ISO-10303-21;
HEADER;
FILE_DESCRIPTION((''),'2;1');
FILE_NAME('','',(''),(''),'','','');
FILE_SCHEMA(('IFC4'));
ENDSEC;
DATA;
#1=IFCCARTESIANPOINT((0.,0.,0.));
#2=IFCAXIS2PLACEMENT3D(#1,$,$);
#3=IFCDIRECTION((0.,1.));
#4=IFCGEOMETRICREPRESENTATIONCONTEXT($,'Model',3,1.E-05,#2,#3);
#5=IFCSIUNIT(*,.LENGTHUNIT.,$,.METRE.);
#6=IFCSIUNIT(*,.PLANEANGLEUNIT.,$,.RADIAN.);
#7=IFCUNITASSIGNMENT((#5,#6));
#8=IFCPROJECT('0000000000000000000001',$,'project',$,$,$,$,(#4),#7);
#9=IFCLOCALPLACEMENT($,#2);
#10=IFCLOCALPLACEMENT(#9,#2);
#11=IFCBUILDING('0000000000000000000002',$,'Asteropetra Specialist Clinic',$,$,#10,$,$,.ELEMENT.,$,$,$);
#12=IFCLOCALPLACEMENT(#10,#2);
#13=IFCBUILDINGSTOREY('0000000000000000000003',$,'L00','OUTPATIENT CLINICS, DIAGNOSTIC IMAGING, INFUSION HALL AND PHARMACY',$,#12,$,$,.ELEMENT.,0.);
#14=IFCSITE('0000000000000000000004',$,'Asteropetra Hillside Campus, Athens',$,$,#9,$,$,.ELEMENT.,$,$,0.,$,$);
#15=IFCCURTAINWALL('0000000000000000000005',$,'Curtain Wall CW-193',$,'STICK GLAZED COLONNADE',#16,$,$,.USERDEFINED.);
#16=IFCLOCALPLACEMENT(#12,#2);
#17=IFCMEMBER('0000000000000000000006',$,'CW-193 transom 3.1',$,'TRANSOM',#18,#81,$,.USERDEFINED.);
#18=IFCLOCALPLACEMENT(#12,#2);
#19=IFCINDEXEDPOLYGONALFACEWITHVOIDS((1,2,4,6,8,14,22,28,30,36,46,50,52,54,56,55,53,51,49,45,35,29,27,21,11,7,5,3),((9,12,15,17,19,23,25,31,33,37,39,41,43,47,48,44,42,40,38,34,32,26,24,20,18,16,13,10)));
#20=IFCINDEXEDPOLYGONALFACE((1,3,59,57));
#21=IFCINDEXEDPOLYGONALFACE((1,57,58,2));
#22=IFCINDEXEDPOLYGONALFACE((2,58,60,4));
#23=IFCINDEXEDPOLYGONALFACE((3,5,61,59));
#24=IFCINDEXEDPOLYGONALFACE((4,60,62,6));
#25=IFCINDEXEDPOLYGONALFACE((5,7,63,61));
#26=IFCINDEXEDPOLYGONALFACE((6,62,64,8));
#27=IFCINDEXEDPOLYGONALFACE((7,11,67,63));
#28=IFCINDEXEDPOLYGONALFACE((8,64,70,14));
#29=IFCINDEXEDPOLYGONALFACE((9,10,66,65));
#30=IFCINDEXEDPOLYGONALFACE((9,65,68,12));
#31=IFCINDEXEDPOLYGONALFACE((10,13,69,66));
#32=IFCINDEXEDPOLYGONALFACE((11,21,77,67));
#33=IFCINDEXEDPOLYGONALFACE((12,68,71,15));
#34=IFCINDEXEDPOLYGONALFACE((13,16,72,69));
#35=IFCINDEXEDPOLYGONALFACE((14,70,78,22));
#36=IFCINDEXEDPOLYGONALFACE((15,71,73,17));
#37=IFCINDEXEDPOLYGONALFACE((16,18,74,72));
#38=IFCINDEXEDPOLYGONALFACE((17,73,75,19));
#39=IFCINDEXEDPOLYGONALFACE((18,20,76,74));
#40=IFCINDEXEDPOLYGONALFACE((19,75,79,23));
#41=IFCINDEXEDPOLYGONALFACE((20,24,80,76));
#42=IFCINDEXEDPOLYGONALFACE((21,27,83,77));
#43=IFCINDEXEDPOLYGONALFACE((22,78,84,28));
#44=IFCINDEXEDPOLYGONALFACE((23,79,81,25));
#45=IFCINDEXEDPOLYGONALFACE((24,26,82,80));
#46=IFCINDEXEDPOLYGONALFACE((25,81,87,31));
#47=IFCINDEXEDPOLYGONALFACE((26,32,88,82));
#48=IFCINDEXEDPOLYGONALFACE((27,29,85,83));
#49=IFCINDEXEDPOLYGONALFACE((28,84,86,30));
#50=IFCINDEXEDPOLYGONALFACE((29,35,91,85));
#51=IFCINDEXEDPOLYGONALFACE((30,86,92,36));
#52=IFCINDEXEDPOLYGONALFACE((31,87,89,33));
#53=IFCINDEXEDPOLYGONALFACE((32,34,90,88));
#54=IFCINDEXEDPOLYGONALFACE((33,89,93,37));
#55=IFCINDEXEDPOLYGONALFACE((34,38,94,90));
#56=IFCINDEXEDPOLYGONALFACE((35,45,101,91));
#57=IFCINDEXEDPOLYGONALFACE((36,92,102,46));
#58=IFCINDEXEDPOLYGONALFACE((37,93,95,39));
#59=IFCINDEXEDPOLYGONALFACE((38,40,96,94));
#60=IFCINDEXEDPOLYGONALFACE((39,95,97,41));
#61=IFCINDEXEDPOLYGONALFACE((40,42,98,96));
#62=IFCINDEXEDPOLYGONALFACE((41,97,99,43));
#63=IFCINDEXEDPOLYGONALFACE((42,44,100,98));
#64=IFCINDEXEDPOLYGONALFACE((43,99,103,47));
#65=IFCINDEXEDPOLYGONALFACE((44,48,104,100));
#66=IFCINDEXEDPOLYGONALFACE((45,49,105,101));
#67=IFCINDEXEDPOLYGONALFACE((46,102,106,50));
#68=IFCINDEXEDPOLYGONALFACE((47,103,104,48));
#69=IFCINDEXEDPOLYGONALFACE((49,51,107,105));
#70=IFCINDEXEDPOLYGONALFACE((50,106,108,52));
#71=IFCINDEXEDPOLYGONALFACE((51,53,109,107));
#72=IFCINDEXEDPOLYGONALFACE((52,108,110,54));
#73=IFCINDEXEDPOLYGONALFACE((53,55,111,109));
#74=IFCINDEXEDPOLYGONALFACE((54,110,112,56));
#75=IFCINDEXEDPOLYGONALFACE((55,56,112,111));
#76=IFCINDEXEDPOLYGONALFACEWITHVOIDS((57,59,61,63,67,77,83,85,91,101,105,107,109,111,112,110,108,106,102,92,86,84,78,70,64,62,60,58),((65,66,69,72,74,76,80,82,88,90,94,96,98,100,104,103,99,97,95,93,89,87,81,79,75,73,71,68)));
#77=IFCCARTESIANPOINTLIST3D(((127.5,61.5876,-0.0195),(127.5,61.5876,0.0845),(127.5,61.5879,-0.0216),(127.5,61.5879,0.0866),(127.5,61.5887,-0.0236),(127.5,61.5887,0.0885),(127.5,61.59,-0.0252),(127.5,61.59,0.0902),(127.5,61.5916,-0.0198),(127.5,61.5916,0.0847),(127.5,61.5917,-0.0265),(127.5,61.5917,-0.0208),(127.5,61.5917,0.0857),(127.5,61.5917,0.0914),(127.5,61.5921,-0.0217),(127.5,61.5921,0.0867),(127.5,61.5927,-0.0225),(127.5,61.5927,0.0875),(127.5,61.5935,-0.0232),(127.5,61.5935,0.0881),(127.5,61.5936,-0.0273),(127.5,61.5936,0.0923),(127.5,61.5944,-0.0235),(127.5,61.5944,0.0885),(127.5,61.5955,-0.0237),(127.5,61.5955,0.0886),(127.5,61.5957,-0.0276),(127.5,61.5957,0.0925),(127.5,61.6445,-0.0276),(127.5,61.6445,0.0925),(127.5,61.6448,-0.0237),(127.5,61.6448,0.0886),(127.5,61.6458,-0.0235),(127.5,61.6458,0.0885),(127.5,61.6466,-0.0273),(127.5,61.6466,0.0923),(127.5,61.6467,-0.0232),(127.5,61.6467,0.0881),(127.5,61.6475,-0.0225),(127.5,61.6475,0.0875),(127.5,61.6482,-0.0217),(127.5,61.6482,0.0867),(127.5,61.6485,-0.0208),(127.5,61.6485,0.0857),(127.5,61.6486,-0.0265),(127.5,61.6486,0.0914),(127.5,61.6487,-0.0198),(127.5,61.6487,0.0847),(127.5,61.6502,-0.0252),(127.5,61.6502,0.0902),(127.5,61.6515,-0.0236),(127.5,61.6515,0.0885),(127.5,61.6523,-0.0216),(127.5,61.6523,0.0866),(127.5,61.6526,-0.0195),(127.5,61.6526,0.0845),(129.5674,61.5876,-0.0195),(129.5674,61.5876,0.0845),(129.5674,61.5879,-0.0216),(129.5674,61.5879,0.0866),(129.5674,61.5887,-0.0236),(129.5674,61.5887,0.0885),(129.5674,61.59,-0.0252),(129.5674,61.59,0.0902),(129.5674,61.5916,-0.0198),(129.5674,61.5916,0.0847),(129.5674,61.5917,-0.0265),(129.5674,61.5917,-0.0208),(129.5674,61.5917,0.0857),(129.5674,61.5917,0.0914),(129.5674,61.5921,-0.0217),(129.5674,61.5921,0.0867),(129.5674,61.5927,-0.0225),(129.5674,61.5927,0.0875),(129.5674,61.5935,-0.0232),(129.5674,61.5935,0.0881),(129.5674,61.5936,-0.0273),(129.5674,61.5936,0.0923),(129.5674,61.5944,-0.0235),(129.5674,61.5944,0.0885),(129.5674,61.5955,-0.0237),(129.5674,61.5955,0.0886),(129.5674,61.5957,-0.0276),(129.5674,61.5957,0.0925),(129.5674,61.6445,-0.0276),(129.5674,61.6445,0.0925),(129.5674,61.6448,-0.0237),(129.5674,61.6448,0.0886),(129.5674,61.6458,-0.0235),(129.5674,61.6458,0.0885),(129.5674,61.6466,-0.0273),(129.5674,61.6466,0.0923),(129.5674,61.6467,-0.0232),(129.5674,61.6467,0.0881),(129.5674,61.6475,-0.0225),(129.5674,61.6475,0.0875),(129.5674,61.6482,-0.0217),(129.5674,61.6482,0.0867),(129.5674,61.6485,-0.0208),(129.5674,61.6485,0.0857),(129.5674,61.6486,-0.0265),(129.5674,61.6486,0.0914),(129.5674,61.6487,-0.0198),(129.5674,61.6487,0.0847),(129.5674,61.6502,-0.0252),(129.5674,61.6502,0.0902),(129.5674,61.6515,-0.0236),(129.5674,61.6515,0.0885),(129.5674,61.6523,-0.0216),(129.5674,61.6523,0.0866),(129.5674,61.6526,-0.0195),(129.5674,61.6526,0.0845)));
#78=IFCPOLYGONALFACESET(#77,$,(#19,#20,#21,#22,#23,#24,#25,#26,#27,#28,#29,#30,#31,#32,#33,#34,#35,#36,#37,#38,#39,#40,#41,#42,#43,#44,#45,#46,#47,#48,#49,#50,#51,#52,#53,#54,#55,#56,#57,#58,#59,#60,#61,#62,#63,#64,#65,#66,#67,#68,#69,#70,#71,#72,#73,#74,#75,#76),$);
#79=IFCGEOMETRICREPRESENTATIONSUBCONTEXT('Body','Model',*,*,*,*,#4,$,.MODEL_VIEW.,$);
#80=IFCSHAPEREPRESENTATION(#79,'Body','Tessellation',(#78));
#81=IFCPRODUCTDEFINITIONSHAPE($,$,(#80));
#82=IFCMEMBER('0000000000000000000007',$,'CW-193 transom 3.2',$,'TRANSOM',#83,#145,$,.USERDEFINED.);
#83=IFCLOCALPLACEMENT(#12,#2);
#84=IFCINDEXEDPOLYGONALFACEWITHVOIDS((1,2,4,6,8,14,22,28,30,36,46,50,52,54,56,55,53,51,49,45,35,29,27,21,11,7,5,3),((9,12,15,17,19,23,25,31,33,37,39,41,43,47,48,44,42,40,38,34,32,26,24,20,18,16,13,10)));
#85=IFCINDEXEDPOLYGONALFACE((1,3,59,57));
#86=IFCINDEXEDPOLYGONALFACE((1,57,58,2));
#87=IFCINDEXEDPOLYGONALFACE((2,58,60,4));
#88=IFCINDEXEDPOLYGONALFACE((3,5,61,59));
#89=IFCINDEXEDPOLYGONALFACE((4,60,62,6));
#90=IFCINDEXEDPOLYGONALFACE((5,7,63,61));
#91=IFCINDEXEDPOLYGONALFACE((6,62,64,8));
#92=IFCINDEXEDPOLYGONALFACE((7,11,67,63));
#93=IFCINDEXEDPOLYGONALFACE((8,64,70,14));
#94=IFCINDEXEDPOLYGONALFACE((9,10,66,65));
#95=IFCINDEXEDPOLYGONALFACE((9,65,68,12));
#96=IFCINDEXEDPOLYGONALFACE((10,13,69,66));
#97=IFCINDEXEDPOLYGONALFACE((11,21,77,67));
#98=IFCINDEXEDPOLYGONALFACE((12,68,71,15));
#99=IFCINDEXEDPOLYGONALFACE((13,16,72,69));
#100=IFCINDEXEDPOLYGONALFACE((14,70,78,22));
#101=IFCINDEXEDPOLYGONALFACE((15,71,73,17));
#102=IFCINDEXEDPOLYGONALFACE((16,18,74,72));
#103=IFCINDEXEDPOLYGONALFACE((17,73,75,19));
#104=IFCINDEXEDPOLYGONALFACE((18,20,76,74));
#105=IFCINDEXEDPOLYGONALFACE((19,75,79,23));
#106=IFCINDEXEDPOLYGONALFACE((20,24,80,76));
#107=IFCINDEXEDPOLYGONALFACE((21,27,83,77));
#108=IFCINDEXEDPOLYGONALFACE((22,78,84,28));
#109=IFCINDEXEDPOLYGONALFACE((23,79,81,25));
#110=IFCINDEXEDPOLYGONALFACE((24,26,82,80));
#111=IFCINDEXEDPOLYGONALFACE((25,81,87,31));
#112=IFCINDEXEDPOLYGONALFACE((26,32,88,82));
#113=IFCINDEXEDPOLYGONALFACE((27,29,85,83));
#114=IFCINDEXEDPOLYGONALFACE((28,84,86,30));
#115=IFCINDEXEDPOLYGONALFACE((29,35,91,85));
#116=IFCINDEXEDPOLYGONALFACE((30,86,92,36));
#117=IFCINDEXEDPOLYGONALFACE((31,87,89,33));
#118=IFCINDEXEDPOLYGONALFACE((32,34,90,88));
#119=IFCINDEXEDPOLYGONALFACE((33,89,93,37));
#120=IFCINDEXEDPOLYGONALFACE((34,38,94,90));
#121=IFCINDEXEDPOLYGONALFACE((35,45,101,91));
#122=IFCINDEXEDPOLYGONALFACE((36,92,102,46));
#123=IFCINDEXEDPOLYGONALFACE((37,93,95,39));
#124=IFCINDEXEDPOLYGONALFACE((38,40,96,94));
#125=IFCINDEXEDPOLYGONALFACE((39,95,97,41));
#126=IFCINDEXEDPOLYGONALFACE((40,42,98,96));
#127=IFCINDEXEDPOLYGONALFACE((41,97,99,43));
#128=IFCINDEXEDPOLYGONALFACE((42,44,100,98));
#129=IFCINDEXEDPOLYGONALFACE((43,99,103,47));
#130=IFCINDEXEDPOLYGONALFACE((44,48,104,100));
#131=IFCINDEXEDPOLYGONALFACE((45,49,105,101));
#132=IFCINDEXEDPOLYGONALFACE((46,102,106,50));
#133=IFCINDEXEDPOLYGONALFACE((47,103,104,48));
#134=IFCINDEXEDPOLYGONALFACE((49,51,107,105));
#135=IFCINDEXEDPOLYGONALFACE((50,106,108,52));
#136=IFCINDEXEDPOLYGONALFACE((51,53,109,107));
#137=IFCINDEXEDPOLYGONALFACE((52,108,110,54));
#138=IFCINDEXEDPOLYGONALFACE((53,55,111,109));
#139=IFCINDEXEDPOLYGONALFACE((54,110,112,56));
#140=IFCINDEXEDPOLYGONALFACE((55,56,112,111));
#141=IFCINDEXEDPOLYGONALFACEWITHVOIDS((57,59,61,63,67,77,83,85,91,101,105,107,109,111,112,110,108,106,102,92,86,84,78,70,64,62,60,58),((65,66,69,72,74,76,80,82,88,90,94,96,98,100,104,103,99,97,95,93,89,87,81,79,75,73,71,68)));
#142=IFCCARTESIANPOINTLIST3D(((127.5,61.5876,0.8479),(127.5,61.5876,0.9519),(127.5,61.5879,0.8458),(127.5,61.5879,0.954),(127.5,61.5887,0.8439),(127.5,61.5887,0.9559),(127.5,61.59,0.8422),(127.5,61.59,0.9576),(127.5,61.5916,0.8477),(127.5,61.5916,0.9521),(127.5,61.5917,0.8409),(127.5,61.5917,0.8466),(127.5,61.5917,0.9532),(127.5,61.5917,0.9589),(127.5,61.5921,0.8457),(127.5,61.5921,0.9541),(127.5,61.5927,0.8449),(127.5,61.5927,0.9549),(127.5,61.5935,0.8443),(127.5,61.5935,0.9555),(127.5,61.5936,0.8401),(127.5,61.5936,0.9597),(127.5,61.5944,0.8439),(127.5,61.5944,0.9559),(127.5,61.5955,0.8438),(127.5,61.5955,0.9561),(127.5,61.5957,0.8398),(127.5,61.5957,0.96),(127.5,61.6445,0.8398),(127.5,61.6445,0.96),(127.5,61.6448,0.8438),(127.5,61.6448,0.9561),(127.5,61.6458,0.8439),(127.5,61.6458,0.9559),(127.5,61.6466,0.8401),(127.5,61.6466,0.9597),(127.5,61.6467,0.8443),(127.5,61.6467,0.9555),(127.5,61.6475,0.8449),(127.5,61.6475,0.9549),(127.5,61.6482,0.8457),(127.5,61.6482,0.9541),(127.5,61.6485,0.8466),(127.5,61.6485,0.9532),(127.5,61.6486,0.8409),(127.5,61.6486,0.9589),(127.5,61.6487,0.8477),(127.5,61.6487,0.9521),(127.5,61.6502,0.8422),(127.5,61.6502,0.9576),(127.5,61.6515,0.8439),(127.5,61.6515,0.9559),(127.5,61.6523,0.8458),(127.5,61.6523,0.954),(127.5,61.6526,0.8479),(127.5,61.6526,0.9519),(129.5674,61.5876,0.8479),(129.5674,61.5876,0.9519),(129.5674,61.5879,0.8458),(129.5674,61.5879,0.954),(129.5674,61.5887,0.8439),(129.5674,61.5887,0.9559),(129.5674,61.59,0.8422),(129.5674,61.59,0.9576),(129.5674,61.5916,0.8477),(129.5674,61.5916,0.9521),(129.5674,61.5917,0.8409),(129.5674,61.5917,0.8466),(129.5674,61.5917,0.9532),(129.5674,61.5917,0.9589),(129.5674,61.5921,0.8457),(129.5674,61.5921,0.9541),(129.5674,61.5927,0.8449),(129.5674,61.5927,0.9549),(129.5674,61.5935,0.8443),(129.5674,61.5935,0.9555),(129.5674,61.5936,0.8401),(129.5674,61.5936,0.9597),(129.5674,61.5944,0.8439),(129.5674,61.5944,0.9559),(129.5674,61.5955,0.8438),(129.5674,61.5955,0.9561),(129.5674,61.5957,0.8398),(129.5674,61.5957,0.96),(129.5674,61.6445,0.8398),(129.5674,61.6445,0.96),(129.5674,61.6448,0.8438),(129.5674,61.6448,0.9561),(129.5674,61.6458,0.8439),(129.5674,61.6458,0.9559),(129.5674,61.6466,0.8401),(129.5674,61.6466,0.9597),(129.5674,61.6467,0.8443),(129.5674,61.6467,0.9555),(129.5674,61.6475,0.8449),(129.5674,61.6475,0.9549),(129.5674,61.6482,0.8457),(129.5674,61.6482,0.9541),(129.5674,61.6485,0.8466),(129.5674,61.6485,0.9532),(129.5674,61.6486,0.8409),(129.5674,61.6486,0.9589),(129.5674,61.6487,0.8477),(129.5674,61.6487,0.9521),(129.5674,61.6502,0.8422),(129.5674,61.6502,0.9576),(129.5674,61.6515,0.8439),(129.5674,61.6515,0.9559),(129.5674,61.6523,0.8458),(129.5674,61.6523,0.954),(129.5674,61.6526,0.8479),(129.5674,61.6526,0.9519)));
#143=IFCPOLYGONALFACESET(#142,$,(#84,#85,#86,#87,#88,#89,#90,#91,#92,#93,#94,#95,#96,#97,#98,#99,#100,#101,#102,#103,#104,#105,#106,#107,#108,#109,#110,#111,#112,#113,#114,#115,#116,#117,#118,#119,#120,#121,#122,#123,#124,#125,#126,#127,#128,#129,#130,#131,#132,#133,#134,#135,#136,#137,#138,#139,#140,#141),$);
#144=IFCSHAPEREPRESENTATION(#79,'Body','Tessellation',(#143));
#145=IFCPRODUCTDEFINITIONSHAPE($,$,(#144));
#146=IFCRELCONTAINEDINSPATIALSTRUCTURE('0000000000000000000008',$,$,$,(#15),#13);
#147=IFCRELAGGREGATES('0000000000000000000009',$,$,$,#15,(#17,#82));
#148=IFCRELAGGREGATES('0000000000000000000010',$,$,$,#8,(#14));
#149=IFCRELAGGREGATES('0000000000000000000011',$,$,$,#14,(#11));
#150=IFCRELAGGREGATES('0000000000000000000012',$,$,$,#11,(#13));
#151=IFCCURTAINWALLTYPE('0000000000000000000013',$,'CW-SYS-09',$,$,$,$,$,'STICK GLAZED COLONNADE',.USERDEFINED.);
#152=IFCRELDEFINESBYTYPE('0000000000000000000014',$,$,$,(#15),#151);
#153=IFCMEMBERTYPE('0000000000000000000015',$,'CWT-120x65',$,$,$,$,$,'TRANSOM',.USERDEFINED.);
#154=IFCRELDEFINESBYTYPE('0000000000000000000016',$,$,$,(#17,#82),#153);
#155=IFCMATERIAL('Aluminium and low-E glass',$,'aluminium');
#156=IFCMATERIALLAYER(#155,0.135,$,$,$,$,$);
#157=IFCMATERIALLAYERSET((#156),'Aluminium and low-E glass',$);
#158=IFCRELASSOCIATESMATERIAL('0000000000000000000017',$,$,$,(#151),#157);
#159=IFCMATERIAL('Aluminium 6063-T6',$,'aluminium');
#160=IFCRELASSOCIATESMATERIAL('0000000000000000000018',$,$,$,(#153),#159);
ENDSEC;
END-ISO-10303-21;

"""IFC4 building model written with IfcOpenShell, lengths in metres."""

from ifc_helpers import new_model, si_unit, direction, frame, origin, origin_2d, place, context, subcontext, project, spatial, hollow_rectangle, extrude, material, layer, layer_set, material_profile, profile_set, type_object, element, aggregate, save


model = new_model("IFC4")

# Units and contexts
model_context = context("Model", 3, precision=1e-05, world=origin(), true_north=direction((0.0, 1.0)))
body_context = subcontext(model_context, "Body", "Model", "MODEL_VIEW")
ifc_project = project(units=[si_unit("LENGTHUNIT", "METRE"), si_unit("PLANEANGLEUNIT", "RADIAN")], contexts=[model_context])

# Site, building, storey
site_placement = place(None, origin())
site = spatial("IfcSite", under=ifc_project, at=site_placement, Name="Asteropetra Hillside Campus, Athens", CompositionType="ELEMENT", RefElevation=0.0)
building_placement = place(site_placement, origin())
building = spatial("IfcBuilding", under=site, at=building_placement, Name="Asteropetra Specialist Clinic", CompositionType="ELEMENT")
storey_placement = place(building_placement, origin())
storey = spatial("IfcBuildingStorey", under=building, at=storey_placement, Name="L00", Description="OUTPATIENT CLINICS, DIAGNOSTIC IMAGING, INFUSION HALL AND PHARMACY", CompositionType="ELEMENT", Elevation=0.0)

# Curtain wall, members
ifc_material_1 = material(Name="Aluminium and low-E glass", Category="aluminium")
ifc_layer_1 = layer(ifc_material_1, 0.135)
ifc_layer_set_1 = layer_set([ifc_layer_1], Name="Aluminium and low-E glass")
curtain_wall_type = type_object("IfcCurtainWallType", Name="CW-SYS-09", ElementType="STICK GLAZED COLONNADE", PredefinedType="USERDEFINED", material=ifc_layer_set_1)
curtain_wall_placement = place(storey_placement, origin())
curtain_wall = element("IfcCurtainWall", 1, at=curtain_wall_placement, inside=storey, type_object=curtain_wall_type, Name="Curtain Wall CW-193", ObjectType="STICK GLAZED COLONNADE", PredefinedType="USERDEFINED")
ifc_material_2 = material(Name="Aluminium 6063-T6", Category="aluminium")
ifc_material_profile_1 = material_profile(ifc_material_2, hollow_rectangle(XDim=0.0649, YDim=0.1201, WallThickness=0.0039, InnerFilletRadius=0.0039, OuterFilletRadius=0.0081, at=origin_2d()), Name="TRN 120x65x4.0")
ifc_profile_set_1 = profile_set([ifc_material_profile_1], Name="Aluminium 6063-T6")
member_type_1 = type_object("IfcMemberType", Name="CWT-120x65", ElementType="TRANSOM", PredefinedType="USERDEFINED", material=ifc_profile_set_1)
member_1_placement = place(storey_placement, frame((129.5674, 61.6201, 0.0325), z_axis=(-1.0, 0.0, 0.0), x_axis=(0.0, -1.0, 0.0)))
member_1 = element("IfcMember", 2, at=member_1_placement, type_object=member_type_1, Name="CW-193 transom 3.1", ObjectType="TRANSOM", PredefinedType="USERDEFINED", context=body_context, shape_type="SweptSolid", body=[
    extrude(hollow_rectangle(XDim=0.0649, YDim=0.1201, WallThickness=0.0039, InnerFilletRadius=0.0039, OuterFilletRadius=0.0081, at=origin_2d()), origin(), (0.0, 0.0, 1.0), 2.0674),
])
member_2_placement = place(storey_placement, frame((129.5674, 61.6201, 0.8999), z_axis=(-1.0, 0.0, 0.0), x_axis=(0.0, -1.0, 0.0)))
member_2 = element("IfcMember", 3, at=member_2_placement, type_object=member_type_1, Name="CW-193 transom 3.2", ObjectType="TRANSOM", PredefinedType="USERDEFINED", context=body_context, shape_type="SweptSolid", body=[
    extrude(hollow_rectangle(XDim=0.0649, YDim=0.1201, WallThickness=0.0039, InnerFilletRadius=0.0039, OuterFilletRadius=0.0081, at=origin_2d()), origin(), (0.0, 0.0, 1.0), 2.0674),
])
aggregate(curtain_wall, [member_1, member_2])

save(model, "model.ifc")
